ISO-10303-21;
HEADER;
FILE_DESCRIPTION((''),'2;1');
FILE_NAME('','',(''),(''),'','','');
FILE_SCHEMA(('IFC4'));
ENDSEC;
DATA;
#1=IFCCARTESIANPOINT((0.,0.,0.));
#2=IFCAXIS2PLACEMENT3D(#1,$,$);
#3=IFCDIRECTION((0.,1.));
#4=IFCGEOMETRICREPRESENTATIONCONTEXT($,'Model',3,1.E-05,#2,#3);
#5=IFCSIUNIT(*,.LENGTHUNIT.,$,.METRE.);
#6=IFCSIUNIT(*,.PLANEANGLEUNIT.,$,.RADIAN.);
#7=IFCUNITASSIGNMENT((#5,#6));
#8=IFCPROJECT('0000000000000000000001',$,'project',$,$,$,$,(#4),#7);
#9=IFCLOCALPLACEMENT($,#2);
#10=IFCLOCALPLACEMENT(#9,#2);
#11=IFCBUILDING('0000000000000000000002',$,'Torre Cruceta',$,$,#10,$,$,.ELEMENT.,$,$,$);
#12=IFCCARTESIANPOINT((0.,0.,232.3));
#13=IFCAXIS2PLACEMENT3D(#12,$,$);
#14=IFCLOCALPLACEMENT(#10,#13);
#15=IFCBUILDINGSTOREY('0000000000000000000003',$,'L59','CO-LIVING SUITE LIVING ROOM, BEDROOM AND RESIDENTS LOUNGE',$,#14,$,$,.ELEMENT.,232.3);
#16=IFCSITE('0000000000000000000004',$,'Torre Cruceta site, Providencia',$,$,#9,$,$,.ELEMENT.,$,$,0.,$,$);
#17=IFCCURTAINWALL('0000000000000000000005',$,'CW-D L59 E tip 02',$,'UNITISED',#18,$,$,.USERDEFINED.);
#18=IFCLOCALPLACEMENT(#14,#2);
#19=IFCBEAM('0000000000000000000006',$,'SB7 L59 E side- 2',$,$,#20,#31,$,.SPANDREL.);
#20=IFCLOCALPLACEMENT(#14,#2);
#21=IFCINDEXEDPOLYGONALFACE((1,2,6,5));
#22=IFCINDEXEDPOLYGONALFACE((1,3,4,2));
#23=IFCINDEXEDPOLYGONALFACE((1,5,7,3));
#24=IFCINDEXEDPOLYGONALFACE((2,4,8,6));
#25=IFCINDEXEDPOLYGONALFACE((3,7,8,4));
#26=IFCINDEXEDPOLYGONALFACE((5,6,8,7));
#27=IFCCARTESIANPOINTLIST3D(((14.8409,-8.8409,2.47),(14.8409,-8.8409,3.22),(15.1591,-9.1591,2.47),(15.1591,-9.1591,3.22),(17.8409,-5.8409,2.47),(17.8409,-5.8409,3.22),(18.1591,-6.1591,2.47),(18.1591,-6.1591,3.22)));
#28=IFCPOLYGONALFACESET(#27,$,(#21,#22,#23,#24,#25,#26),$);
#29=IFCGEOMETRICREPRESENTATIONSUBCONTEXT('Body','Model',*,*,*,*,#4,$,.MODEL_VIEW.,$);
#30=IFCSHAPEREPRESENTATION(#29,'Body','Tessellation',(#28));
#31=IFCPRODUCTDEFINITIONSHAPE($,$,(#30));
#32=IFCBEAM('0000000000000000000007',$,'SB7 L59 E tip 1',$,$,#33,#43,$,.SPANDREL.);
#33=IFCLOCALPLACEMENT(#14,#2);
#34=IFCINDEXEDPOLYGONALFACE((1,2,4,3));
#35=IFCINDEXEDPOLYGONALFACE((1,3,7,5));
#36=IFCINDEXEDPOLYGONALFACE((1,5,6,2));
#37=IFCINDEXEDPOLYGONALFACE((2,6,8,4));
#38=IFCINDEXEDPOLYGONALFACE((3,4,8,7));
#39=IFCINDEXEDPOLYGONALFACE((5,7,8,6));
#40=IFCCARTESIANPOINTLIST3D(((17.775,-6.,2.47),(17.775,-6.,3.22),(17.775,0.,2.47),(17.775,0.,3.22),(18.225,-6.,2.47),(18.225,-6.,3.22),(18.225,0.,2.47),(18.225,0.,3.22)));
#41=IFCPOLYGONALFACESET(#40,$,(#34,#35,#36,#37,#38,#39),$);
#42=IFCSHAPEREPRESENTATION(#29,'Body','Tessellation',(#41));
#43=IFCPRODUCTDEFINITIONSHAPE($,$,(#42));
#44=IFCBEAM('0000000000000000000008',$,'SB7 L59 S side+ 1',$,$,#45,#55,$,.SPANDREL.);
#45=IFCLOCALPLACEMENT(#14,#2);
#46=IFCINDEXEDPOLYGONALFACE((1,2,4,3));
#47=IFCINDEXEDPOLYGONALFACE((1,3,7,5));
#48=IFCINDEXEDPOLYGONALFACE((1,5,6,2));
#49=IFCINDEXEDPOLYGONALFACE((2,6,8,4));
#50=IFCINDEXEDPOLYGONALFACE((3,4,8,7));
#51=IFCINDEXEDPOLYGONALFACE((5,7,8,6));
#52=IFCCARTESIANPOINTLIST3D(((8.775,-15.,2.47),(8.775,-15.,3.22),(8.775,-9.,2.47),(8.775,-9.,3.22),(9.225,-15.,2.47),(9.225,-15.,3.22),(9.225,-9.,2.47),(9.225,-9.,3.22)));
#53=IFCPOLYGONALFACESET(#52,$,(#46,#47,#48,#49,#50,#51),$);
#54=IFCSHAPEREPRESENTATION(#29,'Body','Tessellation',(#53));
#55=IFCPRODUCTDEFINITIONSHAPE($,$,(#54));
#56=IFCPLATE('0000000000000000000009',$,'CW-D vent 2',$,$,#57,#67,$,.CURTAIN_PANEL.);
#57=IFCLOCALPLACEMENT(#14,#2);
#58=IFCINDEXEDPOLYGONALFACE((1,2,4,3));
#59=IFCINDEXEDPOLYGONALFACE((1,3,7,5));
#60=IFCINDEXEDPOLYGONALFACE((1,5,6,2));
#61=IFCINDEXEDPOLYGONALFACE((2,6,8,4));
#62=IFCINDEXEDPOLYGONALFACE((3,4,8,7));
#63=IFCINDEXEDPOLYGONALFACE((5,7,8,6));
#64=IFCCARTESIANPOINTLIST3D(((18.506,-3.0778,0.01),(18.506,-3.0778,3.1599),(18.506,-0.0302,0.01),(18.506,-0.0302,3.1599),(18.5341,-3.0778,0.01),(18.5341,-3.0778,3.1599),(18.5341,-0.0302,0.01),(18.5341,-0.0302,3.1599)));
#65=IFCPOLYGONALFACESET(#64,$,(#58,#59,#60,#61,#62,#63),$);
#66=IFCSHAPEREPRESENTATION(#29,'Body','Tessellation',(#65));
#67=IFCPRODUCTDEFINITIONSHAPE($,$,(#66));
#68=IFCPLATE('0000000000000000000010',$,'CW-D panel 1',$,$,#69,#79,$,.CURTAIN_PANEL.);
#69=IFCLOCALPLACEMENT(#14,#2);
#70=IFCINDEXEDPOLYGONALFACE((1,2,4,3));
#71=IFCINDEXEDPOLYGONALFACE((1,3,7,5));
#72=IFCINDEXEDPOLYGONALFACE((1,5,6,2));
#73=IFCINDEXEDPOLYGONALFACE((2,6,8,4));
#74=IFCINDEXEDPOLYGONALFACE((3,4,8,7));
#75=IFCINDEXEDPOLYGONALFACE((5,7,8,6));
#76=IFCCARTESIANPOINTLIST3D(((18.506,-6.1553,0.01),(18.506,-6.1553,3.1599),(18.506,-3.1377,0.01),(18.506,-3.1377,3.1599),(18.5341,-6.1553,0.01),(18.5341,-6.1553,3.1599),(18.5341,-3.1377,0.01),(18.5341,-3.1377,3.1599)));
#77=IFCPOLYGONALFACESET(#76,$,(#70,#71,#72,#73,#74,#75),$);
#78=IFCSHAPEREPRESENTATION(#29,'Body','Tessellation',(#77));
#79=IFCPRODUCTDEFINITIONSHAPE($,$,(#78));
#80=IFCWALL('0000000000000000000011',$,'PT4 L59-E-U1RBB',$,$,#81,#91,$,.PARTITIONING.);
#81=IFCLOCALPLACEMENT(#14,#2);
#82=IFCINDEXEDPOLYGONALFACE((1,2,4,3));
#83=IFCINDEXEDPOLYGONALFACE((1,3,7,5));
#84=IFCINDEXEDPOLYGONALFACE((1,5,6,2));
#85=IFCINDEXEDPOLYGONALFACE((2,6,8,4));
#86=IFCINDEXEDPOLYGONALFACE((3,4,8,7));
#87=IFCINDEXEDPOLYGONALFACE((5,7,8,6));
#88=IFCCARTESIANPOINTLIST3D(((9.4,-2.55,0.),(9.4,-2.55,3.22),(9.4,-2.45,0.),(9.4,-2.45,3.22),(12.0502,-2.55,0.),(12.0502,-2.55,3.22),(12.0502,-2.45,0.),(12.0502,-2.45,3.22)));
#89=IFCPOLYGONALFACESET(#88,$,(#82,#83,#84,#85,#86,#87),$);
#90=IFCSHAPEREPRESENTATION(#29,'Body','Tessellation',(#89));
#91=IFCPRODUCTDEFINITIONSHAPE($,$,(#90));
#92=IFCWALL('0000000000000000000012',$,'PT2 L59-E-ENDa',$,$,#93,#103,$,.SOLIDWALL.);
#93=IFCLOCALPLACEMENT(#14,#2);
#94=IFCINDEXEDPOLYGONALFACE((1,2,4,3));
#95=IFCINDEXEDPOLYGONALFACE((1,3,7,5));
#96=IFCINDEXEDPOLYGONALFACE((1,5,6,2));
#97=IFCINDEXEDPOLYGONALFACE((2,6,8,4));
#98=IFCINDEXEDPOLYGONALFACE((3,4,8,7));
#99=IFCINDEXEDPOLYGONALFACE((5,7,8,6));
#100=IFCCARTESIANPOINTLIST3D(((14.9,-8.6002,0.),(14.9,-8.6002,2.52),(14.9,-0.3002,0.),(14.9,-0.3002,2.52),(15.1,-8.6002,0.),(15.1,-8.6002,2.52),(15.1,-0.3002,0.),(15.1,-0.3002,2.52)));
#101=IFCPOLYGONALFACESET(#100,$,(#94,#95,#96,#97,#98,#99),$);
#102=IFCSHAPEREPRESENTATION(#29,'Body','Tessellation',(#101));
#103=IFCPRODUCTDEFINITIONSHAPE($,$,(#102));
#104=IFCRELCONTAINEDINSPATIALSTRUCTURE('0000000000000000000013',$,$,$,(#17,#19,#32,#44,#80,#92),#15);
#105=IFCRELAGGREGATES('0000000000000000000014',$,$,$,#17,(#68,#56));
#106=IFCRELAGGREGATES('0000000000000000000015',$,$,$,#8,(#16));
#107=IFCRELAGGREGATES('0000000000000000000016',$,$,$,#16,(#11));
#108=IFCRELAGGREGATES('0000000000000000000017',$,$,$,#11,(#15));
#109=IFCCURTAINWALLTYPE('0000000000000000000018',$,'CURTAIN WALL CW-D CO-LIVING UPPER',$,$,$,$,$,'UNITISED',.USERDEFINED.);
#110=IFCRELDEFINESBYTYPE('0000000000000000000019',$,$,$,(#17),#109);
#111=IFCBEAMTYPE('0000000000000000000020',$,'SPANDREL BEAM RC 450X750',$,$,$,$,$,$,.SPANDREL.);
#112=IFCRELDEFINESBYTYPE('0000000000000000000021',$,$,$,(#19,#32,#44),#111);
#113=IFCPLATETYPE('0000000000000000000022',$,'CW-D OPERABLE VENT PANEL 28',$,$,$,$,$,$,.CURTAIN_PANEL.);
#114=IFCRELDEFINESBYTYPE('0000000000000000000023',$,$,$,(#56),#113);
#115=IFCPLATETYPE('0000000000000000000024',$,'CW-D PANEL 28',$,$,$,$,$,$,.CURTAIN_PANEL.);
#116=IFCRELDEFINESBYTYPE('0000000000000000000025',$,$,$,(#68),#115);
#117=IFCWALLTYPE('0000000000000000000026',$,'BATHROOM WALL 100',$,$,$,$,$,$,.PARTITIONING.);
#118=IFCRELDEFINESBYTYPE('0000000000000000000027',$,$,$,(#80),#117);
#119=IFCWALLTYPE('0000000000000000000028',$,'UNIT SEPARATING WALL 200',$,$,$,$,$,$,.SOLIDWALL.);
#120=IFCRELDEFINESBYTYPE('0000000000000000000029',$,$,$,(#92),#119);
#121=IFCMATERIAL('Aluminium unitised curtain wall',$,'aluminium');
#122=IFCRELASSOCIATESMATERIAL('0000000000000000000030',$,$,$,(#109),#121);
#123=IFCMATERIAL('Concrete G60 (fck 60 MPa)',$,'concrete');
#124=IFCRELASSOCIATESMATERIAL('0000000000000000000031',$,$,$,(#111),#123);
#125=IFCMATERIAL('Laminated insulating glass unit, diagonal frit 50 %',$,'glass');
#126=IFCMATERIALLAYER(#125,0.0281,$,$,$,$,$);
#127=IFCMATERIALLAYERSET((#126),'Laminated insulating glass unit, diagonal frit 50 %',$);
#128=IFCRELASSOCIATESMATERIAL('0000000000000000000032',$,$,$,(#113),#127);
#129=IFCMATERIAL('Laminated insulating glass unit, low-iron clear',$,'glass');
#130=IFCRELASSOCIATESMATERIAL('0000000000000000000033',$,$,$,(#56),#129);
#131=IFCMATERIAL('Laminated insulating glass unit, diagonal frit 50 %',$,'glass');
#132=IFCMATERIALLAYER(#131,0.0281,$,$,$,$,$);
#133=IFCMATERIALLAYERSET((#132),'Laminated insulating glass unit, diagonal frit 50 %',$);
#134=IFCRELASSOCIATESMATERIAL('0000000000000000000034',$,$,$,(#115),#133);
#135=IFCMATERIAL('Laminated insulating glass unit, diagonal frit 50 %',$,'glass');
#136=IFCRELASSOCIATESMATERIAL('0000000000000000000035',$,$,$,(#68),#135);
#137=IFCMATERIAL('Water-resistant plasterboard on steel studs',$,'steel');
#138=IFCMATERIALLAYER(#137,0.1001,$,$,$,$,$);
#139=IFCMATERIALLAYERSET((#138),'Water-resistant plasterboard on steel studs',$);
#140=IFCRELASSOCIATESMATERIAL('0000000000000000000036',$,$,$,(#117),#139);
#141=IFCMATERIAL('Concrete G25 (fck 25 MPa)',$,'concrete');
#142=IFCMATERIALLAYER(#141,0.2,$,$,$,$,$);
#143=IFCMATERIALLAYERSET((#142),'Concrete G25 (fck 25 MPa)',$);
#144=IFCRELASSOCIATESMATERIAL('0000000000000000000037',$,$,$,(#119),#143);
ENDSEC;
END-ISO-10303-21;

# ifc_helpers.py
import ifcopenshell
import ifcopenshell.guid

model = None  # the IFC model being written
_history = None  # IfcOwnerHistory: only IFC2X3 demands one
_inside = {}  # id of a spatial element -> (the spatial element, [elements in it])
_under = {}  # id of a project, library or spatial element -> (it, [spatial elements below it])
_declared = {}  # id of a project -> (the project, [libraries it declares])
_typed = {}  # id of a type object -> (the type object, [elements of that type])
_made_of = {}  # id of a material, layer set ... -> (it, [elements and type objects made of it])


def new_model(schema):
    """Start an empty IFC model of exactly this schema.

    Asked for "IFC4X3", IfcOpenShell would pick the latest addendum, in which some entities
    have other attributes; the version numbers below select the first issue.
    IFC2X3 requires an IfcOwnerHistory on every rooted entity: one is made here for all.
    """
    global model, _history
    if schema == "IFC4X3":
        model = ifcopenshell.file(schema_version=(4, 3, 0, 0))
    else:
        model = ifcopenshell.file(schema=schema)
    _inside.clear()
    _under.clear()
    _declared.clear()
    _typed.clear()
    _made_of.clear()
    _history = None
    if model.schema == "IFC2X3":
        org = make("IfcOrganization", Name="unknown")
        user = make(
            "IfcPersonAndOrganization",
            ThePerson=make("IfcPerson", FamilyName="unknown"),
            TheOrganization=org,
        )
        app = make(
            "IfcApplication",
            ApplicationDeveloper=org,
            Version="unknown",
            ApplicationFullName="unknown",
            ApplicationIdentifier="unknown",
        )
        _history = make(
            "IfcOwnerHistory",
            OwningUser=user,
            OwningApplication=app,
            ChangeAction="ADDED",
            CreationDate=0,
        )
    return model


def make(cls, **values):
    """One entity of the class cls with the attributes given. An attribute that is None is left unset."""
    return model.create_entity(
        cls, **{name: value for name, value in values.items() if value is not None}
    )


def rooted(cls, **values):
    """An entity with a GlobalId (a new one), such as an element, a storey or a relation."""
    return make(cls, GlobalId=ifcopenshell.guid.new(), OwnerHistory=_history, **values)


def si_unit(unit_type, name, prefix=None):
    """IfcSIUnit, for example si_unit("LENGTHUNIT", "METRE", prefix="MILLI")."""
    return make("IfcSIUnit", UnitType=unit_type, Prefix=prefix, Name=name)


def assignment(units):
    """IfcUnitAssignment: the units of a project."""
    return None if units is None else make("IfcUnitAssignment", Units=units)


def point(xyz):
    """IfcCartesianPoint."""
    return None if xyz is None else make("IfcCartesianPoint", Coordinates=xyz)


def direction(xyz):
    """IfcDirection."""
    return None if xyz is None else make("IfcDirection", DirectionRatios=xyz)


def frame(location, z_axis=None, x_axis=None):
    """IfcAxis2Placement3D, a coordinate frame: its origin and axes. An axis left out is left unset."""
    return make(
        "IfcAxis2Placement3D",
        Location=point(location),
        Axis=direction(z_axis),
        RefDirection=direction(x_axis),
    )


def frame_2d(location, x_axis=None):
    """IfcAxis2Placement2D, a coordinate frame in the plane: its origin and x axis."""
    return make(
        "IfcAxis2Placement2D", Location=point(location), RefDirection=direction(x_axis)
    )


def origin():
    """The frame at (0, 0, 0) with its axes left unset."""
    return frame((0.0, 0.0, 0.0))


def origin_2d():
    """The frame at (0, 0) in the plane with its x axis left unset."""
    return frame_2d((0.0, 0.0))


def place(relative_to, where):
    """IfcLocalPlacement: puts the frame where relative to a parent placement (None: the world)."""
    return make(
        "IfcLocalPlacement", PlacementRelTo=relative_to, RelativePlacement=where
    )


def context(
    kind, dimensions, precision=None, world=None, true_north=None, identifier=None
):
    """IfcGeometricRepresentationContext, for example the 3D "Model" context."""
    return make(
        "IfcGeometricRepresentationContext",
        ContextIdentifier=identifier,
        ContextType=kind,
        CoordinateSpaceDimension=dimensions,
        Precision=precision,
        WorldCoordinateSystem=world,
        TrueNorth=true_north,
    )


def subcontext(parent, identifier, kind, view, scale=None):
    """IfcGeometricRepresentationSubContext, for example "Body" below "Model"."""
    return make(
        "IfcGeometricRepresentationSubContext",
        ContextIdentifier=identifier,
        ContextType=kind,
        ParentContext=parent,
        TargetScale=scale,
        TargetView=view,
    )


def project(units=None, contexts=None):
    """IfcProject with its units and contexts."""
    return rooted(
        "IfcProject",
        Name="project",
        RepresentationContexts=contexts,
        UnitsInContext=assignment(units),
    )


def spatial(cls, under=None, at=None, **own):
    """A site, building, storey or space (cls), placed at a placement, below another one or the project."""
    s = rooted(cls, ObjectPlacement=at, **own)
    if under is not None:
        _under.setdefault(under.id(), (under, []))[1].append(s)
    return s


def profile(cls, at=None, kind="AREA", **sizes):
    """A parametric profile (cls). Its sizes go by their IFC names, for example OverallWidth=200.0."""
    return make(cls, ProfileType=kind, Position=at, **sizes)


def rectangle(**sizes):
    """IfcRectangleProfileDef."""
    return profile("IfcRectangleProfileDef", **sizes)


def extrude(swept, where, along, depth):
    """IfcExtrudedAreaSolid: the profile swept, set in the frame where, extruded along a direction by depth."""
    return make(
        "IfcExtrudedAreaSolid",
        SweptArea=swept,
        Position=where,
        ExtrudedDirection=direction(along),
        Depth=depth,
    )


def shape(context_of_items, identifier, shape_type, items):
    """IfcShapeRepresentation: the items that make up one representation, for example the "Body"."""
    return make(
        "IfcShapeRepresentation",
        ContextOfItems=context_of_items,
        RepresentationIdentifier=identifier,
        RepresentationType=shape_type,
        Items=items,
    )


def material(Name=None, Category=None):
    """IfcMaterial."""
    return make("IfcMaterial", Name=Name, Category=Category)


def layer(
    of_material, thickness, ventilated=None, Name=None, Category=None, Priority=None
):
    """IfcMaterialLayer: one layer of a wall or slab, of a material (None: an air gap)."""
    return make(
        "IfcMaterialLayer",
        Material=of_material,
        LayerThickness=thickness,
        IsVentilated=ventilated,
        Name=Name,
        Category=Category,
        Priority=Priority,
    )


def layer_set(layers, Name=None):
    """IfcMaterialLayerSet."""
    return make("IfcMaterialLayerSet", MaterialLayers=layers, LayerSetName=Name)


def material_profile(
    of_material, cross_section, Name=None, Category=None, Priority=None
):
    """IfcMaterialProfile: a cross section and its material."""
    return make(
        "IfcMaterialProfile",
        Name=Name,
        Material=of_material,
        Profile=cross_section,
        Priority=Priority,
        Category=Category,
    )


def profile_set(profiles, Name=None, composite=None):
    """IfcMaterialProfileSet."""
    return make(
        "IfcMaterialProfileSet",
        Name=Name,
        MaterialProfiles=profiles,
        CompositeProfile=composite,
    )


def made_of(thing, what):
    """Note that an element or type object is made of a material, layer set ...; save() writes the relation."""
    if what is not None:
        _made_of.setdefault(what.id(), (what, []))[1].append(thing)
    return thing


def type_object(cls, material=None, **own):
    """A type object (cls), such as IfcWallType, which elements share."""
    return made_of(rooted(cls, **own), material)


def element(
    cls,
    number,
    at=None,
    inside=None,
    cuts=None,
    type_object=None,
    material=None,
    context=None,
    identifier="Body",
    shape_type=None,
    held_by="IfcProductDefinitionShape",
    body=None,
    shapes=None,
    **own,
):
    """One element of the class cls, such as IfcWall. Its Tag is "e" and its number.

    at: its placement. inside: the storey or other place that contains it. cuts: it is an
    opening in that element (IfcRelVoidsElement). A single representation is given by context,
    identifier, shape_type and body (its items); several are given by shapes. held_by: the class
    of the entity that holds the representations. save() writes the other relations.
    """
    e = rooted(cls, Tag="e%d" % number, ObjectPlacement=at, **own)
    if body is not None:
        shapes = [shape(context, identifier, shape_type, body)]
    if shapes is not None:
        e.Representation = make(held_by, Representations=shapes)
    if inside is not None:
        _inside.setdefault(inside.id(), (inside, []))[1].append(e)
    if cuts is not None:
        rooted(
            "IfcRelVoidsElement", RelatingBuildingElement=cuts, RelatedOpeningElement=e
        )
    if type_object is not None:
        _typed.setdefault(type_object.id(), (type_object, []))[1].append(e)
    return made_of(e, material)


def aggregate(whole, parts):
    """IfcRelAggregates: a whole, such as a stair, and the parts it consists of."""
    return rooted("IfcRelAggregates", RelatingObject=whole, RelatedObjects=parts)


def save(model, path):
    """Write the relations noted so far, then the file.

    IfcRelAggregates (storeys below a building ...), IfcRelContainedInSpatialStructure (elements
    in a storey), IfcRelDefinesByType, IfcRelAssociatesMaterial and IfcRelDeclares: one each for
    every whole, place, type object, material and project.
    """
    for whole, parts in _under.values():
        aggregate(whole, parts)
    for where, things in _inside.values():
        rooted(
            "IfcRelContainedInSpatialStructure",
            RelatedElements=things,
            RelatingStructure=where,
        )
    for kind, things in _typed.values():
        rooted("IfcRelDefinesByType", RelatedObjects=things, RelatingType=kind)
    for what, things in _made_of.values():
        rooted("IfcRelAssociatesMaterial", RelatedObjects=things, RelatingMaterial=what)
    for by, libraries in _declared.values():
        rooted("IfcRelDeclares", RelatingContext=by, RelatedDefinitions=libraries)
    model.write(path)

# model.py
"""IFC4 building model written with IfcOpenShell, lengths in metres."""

from ifc_helpers import new_model, si_unit, direction, frame, frame_2d, origin, origin_2d, place, context, subcontext, project, spatial, rectangle, extrude, material, layer, layer_set, material_profile, profile_set, type_object, element, aggregate, save


model = new_model("IFC4")

# Units and contexts
model_context = context("Model", 3, precision=1e-05, world=origin(), true_north=direction((0.0, 1.0)))
body_context = subcontext(model_context, "Body", "Model", "MODEL_VIEW")
ifc_project = project(units=[si_unit("LENGTHUNIT", "METRE"), si_unit("PLANEANGLEUNIT", "RADIAN")], contexts=[model_context])

# Site, building, storey
site_placement = place(None, origin())
site = spatial("IfcSite", under=ifc_project, at=site_placement, Name="Torre Cruceta site, Providencia", CompositionType="ELEMENT", RefElevation=0.0)
building_placement = place(site_placement, origin())
building = spatial("IfcBuilding", under=site, at=building_placement, Name="Torre Cruceta", CompositionType="ELEMENT")
storey_placement = place(building_placement, frame((0.0, 0.0, 232.3)))
storey = spatial("IfcBuildingStorey", under=building, at=storey_placement, Name="L59", Description="CO-LIVING SUITE LIVING ROOM, BEDROOM AND RESIDENTS LOUNGE", CompositionType="ELEMENT", Elevation=232.3)

# Curtain wall
ifc_material_1 = material(Name="Aluminium unitised curtain wall", Category="aluminium")
curtain_wall_type = type_object("IfcCurtainWallType", Name="CURTAIN WALL CW-D CO-LIVING UPPER", ElementType="UNITISED", PredefinedType="USERDEFINED", material=ifc_material_1)
curtain_wall_placement = place(storey_placement, origin())
curtain_wall = element("IfcCurtainWall", 1, at=curtain_wall_placement, inside=storey, type_object=curtain_wall_type, Name="CW-D L59 E tip 02", ObjectType="UNITISED", PredefinedType="USERDEFINED")

# Beams
ifc_material_2 = material(Name="Concrete G60 (fck 60 MPa)", Category="concrete")
ifc_material_profile_1 = material_profile(ifc_material_2, rectangle(XDim=0.45, YDim=0.75, at=origin_2d()), Name="RC 450X750")
ifc_profile_set_1 = profile_set([ifc_material_profile_1], Name="Concrete G60 (fck 60 MPa)")
beam_type_1 = type_object("IfcBeamType", Name="SPANDREL BEAM RC 450X750", PredefinedType="SPANDREL", material=ifc_profile_set_1)
beam_1_placement = place(storey_placement, frame((15.0, -9.0, 2.845), z_axis=(0.707107, 0.707107, 0.0), x_axis=(-0.707107, 0.707107, 0.0)))
element("IfcBeam", 2, at=beam_1_placement, inside=storey, type_object=beam_type_1, Name="SB7 L59 E side- 2", PredefinedType="SPANDREL", context=body_context, shape_type="SweptSolid", body=[
    extrude(rectangle(XDim=0.45, YDim=0.75, at=origin_2d()), origin(), (0.0, 0.0, 1.0), 4.2427),
])
for number, where, z_axis, x_axis, name in (
    (3, (18.0, -6.0, 2.845), (0.0, 1.0, 0.0), (-1.0, 0.0, 0.0), "SB7 L59 E tip 1"),
    (4, (9.0, -9.0, 2.845), (0.0, -1.0, 0.0), (1.0, 0.0, 0.0), "SB7 L59 S side+ 1"),
):
    element("IfcBeam", number, at=place(storey_placement, frame(where, z_axis=z_axis, x_axis=x_axis)), inside=storey, type_object=beam_type_1, Name=name, PredefinedType="SPANDREL", context=body_context, shape_type="SweptSolid", body=[
        extrude(rectangle(XDim=0.45, YDim=0.75, at=origin_2d()), origin(), (0.0, 0.0, 1.0), 6.0),
    ])

# Plates
ifc_material_3 = material(Name="Laminated insulating glass unit, low-iron clear", Category="glass")
ifc_material_4 = material(Name="Laminated insulating glass unit, diagonal frit 50 %", Category="glass")
ifc_layer_1 = layer(ifc_material_4, 0.0281)
ifc_layer_set_1 = layer_set([ifc_layer_1], Name="Laminated insulating glass unit, diagonal frit 50 %")
plate_type_1 = type_object("IfcPlateType", Name="CW-D OPERABLE VENT PANEL 28", PredefinedType="CURTAIN_PANEL", material=ifc_layer_set_1)
plate_1_placement = place(storey_placement, frame((18.52, -1.554, 0.01), z_axis=(0.0, 0.0, 1.0), x_axis=(0.0, 1.0, 0.0)))
plate_1 = element("IfcPlate", 5, at=plate_1_placement, type_object=plate_type_1, material=ifc_material_3, Name="CW-D vent 2", PredefinedType="CURTAIN_PANEL", context=body_context, shape_type="SweptSolid", body=[
    extrude(rectangle(XDim=3.0476, YDim=0.0281, at=origin_2d()), origin(), (0.0, 0.0, 1.0), 3.1499),
])
ifc_material_5 = material(Name="Laminated insulating glass unit, diagonal frit 50 %", Category="glass")
ifc_material_6 = material(Name="Laminated insulating glass unit, diagonal frit 50 %", Category="glass")
ifc_layer_2 = layer(ifc_material_6, 0.0281)
ifc_layer_set_2 = layer_set([ifc_layer_2], Name="Laminated insulating glass unit, diagonal frit 50 %")
plate_type_2 = type_object("IfcPlateType", Name="CW-D PANEL 28", PredefinedType="CURTAIN_PANEL", material=ifc_layer_set_2)
plate_2_placement = place(storey_placement, frame((18.52, -4.6465, 0.01), z_axis=(0.0, 0.0, 1.0), x_axis=(0.0, 1.0, 0.0)))
plate_2 = element("IfcPlate", 6, at=plate_2_placement, type_object=plate_type_2, material=ifc_material_5, Name="CW-D panel 1", PredefinedType="CURTAIN_PANEL", context=body_context, shape_type="SweptSolid", body=[
    extrude(rectangle(XDim=3.0176, YDim=0.0281, at=origin_2d()), origin(), (0.0, 0.0, 1.0), 3.1499),
])
aggregate(curtain_wall, [plate_2, plate_1])

# Walls
ifc_material_7 = material(Name="Water-resistant plasterboard on steel studs", Category="steel")
ifc_layer_3 = layer(ifc_material_7, 0.1001)
ifc_layer_set_3 = layer_set([ifc_layer_3], Name="Water-resistant plasterboard on steel studs")
wall_type_1 = type_object("IfcWallType", Name="BATHROOM WALL 100", PredefinedType="PARTITIONING", material=ifc_layer_set_3)
wall_1_placement = place(storey_placement, frame((9.3999, -2.5, 0.0), z_axis=(0.0, 0.0, 1.0), x_axis=(1.0, 0.0, 0.0)))
element("IfcWall", 7, at=wall_1_placement, inside=storey, type_object=wall_type_1, Name="PT4 L59-E-U1RBB", PredefinedType="PARTITIONING", context=body_context, shape_type="SweptSolid", body=[
    extrude(rectangle(XDim=2.6501, YDim=0.1001, at=frame_2d((1.3252, 0.0))), origin(), (0.0, 0.0, 1.0), 3.22),
])
ifc_material_8 = material(Name="Concrete G25 (fck 25 MPa)", Category="concrete")
ifc_layer_4 = layer(ifc_material_8, 0.2)
ifc_layer_set_4 = layer_set([ifc_layer_4], Name="Concrete G25 (fck 25 MPa)")
wall_type_2 = type_object("IfcWallType", Name="UNIT SEPARATING WALL 200", PredefinedType="SOLIDWALL", material=ifc_layer_set_4)
wall_2_placement = place(storey_placement, frame((15.0, -8.6001, 0.0), z_axis=(0.0, 0.0, 1.0), x_axis=(0.0, 1.0, 0.0)))
element("IfcWall", 8, at=wall_2_placement, inside=storey, type_object=wall_type_2, Name="PT2 L59-E-ENDa", PredefinedType="SOLIDWALL", context=body_context, shape_type="SweptSolid", body=[
    extrude(rectangle(XDim=8.3, YDim=0.2, at=frame_2d((4.1499, 0.0))), origin(), (0.0, 0.0, 1.0), 2.52),
])

save(model, "model.ifc")
